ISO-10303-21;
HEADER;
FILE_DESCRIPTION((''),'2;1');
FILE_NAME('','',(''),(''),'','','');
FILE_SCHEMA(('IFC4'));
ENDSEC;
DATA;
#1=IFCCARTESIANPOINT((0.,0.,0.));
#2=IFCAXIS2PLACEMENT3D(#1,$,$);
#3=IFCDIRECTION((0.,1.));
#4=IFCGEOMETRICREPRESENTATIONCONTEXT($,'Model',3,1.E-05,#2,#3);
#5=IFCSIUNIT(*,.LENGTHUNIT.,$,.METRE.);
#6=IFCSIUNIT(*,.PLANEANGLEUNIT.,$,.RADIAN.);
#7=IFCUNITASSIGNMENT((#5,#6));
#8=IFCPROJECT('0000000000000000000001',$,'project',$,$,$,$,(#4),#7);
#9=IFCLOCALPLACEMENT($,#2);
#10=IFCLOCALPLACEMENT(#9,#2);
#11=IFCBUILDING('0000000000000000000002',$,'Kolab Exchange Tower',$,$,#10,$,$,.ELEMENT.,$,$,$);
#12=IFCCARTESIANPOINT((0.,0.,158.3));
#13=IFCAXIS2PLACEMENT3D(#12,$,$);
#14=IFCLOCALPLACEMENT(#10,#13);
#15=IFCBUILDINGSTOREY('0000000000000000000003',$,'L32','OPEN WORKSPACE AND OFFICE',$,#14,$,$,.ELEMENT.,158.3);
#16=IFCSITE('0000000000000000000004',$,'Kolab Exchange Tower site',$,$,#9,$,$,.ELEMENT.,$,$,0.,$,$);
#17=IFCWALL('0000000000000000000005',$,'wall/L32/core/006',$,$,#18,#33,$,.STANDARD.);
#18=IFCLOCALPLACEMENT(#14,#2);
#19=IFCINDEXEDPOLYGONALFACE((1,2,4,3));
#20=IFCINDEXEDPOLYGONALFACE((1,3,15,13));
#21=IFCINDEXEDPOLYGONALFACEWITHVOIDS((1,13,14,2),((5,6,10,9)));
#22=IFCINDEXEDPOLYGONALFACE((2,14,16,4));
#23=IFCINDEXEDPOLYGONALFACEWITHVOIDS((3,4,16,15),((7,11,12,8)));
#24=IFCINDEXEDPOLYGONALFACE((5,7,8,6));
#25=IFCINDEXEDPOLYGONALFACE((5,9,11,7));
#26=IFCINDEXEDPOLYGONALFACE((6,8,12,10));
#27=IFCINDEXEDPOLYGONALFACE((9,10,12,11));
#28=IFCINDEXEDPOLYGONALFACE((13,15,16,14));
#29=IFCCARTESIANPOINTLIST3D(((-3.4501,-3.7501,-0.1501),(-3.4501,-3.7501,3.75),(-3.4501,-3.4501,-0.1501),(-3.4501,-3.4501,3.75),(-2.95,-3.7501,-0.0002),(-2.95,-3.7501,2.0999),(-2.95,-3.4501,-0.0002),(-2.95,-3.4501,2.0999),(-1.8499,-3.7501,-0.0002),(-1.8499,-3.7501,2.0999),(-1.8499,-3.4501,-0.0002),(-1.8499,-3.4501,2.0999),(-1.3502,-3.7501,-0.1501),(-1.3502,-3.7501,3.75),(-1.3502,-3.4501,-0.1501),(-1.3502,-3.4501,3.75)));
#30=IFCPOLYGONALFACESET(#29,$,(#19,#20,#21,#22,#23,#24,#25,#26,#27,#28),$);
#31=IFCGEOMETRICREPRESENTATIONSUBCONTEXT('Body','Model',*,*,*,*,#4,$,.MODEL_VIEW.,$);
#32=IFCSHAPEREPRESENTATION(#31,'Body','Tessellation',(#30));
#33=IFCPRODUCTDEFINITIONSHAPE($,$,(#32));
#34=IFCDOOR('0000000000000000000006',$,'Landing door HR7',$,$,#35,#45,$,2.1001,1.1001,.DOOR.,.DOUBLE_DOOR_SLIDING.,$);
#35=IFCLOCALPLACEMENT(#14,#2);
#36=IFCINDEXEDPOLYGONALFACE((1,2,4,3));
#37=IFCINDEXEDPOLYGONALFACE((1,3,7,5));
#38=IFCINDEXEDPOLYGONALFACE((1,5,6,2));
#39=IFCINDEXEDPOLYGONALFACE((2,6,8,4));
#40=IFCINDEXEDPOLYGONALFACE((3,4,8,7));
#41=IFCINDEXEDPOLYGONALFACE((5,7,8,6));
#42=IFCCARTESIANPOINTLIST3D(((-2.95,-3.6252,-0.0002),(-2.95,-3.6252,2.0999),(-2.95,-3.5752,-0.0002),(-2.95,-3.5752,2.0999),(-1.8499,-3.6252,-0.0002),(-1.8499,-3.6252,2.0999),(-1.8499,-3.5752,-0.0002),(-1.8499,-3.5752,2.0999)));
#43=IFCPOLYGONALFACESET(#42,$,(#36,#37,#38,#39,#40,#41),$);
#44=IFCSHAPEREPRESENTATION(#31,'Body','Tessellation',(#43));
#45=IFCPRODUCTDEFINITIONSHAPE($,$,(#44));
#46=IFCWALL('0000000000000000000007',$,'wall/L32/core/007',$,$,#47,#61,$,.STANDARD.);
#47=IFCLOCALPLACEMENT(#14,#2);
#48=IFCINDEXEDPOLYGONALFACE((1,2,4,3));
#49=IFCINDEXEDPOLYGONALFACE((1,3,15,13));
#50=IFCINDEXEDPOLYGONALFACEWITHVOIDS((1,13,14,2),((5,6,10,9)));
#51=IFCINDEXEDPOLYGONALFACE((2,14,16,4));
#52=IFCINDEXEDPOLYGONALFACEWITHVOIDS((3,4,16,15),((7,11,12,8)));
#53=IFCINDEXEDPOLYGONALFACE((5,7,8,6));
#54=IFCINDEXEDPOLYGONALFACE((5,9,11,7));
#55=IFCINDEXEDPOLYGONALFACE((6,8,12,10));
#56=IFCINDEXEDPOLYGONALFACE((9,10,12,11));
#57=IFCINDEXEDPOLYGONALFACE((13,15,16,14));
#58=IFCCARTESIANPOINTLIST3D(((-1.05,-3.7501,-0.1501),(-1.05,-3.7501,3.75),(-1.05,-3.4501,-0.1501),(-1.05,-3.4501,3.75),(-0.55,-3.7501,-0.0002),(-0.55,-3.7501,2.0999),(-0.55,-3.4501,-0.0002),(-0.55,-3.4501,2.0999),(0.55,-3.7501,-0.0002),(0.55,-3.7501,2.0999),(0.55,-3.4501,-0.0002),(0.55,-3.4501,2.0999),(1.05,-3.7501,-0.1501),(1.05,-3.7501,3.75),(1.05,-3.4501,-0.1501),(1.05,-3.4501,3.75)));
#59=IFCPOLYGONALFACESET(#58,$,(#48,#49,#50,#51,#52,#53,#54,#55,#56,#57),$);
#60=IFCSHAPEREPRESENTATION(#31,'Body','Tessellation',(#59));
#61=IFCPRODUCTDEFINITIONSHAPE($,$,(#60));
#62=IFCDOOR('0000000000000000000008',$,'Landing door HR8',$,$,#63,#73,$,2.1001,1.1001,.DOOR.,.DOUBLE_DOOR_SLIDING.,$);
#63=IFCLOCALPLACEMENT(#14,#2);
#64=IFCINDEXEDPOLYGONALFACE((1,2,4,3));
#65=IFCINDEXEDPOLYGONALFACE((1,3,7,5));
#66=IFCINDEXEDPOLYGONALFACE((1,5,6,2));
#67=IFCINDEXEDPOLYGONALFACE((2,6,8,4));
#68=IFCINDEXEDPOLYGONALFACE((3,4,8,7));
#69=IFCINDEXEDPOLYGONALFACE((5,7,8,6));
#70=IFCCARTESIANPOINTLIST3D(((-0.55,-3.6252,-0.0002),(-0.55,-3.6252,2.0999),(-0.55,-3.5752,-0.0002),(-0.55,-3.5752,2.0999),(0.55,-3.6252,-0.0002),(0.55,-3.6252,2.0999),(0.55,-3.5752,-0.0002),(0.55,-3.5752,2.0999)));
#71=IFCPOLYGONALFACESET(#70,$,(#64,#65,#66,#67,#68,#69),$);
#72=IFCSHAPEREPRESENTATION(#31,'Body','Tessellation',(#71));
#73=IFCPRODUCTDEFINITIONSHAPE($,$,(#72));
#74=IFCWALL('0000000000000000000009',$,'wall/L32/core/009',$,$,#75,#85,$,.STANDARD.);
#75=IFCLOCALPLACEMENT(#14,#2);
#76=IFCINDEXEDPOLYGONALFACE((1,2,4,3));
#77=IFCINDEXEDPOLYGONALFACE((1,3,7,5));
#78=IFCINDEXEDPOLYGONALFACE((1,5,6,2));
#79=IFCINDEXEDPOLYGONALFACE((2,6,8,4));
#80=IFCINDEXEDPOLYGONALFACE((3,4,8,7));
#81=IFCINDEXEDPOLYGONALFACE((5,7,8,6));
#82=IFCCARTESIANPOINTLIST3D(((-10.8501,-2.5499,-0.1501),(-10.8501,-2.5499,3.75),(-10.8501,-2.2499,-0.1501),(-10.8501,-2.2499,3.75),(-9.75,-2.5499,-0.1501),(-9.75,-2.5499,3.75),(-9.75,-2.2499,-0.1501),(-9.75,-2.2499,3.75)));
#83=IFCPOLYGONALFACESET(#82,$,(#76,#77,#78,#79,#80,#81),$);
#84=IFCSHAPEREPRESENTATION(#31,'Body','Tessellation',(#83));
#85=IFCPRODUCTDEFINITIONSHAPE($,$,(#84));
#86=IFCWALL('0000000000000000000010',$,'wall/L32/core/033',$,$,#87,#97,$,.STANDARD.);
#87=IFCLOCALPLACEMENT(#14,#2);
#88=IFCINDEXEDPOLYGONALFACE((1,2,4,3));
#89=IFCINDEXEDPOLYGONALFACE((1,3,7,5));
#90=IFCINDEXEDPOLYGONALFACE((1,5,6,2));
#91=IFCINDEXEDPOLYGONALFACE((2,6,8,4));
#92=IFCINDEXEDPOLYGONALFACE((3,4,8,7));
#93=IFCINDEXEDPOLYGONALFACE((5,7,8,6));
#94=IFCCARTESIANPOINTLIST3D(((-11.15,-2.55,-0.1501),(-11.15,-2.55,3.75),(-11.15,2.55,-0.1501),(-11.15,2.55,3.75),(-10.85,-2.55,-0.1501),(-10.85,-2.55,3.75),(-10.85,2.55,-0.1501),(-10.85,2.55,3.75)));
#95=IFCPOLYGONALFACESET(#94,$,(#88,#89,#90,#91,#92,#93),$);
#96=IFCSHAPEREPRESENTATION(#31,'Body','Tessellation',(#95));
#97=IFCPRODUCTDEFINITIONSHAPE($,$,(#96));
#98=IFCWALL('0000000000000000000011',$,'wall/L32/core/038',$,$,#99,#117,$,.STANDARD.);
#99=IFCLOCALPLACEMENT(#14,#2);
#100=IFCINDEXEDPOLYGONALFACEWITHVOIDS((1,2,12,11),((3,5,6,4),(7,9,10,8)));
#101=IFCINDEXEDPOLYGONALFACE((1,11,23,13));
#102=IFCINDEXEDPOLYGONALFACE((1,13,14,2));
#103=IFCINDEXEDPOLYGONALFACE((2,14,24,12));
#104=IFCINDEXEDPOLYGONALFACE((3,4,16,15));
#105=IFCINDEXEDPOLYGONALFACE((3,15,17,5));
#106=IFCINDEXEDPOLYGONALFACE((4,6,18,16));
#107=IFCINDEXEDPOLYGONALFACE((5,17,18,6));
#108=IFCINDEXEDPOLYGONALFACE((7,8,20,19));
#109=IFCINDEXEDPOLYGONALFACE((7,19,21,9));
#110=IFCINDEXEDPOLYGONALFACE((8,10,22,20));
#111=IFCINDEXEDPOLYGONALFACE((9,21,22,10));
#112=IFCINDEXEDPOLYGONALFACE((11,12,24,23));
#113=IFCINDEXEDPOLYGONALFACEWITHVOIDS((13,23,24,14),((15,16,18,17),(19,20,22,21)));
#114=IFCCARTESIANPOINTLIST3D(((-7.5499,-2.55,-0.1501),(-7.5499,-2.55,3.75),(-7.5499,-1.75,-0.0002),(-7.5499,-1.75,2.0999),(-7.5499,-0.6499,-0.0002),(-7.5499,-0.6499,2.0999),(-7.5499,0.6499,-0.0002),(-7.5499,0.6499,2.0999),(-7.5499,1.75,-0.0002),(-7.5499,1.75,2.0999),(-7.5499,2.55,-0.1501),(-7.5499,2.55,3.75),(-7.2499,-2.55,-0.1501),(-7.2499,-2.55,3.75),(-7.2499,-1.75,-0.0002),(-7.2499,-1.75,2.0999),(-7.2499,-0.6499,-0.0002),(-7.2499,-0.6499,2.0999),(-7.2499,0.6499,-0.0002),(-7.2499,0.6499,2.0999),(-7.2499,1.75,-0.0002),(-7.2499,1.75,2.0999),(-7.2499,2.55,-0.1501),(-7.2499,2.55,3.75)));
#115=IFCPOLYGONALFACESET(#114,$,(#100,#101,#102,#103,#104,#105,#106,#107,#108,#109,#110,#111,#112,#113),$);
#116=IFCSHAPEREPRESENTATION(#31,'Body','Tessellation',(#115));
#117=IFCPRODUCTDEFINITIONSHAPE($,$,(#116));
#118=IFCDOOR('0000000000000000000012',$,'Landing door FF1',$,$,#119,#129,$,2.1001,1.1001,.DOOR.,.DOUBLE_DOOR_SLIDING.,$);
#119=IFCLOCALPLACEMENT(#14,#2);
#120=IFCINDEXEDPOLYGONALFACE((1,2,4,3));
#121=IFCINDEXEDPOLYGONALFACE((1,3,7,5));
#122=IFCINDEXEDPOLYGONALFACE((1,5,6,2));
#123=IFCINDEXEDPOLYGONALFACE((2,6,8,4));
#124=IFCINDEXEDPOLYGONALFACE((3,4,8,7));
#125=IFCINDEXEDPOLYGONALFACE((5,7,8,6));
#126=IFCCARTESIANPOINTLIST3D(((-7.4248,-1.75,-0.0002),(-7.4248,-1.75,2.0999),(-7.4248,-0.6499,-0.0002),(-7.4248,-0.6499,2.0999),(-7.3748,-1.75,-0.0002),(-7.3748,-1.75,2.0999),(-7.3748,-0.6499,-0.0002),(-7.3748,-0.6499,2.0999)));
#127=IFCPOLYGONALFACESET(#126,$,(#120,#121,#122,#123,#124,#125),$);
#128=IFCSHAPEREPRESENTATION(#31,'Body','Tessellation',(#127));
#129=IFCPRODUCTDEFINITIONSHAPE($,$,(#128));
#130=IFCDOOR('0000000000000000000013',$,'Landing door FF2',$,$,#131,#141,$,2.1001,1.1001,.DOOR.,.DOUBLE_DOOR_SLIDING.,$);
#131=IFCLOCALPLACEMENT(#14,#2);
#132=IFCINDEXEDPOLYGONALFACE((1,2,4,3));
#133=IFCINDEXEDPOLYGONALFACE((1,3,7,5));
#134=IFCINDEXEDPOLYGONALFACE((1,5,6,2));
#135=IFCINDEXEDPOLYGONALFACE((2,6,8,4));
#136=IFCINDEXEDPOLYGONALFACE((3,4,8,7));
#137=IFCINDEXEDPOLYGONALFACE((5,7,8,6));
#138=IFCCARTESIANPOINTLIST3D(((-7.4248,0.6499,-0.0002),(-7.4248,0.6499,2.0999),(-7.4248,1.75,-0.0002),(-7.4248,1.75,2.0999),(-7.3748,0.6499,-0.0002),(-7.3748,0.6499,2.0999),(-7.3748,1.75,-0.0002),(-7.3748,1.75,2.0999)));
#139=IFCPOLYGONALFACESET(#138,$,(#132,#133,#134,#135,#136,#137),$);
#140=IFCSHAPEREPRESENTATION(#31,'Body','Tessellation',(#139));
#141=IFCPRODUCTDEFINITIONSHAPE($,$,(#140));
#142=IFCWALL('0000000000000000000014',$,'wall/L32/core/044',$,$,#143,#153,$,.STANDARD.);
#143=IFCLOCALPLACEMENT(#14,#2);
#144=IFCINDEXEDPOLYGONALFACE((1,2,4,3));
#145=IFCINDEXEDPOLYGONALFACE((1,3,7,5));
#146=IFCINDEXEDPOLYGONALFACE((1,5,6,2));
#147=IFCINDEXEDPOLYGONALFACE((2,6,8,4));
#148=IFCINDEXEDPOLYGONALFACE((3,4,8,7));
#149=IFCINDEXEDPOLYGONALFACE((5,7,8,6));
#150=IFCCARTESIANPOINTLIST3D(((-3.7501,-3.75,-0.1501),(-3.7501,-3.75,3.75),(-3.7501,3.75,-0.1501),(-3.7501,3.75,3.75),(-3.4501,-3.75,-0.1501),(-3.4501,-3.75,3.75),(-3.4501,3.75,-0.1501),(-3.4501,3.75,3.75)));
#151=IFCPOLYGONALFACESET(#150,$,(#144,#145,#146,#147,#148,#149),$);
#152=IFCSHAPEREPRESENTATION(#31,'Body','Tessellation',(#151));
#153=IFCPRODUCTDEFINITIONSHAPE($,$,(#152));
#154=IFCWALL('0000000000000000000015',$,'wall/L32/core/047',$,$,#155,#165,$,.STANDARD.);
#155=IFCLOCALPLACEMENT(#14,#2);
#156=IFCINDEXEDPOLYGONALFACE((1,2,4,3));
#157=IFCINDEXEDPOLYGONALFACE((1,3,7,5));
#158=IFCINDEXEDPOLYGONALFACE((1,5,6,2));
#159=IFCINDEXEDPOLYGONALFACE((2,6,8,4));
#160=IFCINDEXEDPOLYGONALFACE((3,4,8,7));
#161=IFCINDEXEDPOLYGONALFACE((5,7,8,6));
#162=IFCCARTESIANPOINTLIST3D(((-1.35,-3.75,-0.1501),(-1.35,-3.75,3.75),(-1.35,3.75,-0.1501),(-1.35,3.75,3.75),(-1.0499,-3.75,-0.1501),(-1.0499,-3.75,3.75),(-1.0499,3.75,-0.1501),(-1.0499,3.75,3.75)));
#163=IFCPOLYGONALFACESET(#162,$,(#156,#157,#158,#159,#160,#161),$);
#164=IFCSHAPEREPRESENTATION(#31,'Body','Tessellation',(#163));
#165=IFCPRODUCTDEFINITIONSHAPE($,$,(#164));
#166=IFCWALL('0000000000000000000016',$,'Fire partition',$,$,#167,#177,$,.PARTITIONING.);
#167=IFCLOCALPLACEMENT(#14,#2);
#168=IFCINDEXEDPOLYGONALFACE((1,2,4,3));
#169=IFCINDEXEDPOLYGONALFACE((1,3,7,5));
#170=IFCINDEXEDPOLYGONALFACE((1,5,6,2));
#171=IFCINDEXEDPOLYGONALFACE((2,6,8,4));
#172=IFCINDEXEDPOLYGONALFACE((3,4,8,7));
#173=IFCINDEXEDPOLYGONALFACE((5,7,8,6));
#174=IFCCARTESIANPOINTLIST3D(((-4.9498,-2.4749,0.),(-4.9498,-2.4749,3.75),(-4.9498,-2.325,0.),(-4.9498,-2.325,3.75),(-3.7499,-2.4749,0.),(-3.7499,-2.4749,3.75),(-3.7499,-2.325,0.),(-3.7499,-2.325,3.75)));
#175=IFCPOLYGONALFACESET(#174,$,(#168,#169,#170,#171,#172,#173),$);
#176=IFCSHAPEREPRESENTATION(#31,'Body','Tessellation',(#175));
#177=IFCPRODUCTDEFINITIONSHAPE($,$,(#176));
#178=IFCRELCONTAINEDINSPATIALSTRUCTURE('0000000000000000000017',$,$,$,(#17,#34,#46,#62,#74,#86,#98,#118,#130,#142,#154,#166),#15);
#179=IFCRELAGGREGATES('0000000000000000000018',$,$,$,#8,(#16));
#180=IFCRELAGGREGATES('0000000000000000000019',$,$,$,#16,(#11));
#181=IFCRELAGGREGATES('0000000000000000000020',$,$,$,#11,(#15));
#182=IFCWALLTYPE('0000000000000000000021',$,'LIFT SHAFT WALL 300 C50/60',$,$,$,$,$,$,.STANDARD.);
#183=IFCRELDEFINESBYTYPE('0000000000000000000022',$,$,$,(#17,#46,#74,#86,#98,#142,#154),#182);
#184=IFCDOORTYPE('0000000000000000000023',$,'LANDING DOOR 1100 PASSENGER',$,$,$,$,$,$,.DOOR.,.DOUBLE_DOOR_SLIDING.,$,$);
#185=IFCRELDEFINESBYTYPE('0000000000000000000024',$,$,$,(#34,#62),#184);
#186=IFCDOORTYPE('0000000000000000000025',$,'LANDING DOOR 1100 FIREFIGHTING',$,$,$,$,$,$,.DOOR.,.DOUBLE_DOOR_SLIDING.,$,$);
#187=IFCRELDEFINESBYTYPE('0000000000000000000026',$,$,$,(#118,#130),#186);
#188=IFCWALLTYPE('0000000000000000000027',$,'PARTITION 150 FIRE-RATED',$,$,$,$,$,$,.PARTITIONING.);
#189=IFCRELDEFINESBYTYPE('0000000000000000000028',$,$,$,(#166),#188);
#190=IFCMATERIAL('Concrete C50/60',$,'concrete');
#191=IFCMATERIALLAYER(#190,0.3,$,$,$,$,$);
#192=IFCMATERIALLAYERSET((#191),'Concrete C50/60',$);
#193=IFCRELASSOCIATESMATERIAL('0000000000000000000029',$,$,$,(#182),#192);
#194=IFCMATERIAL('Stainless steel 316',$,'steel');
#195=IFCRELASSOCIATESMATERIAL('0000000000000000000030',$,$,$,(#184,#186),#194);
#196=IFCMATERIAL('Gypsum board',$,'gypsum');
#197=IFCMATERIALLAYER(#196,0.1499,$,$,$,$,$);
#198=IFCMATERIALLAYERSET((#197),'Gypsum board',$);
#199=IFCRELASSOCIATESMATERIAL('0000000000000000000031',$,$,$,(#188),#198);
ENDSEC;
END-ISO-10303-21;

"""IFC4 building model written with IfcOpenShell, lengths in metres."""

from ifc_helpers import new_model, si_unit, direction, frame, frame_2d, origin, place, context, subcontext, project, spatial, rectangle, extrude, material, layer, layer_set, type_object, element, fill, save


model = new_model("IFC4")

# Units and contexts
model_context = context("Model", 3, precision=1e-05, world=origin(), true_north=direction((0.0, 1.0)))
body_context = subcontext(model_context, "Body", "Model", "MODEL_VIEW")
ifc_project = project(units=[si_unit("LENGTHUNIT", "METRE"), si_unit("PLANEANGLEUNIT", "RADIAN")], contexts=[model_context])

# Site, building, storey
site_placement = place(None, origin())
site = spatial("IfcSite", under=ifc_project, at=site_placement, Name="Kolab Exchange Tower site", CompositionType="ELEMENT", RefElevation=0.0)
building_placement = place(site_placement, origin())
building = spatial("IfcBuilding", under=site, at=building_placement, Name="Kolab Exchange Tower", CompositionType="ELEMENT")
storey_placement = place(building_placement, frame((0.0, 0.0, 158.3)))
storey = spatial("IfcBuildingStorey", under=building, at=storey_placement, Name="L32", Description="OPEN WORKSPACE AND OFFICE", CompositionType="ELEMENT", Elevation=158.3)

# Walls, openings, doors
ifc_material_1 = material(Name="Concrete C50/60", Category="concrete")
ifc_layer_1 = layer(ifc_material_1, 0.3)
ifc_layer_set_1 = layer_set([ifc_layer_1], Name="Concrete C50/60")
wall_type_1 = type_object("IfcWallType", Name="LIFT SHAFT WALL 300 C50/60", PredefinedType="STANDARD", material=ifc_layer_set_1)
wall_1_placement = place(storey_placement, frame((-3.45, -3.6001, -0.1501), z_axis=(0.0, 0.0, 1.0), x_axis=(1.0, 0.0, 0.0)))
wall_1 = element("IfcWall", 1, at=wall_1_placement, inside=storey, type_object=wall_type_1, Name="wall/L32/core/006", PredefinedType="STANDARD", context=body_context, shape_type="SweptSolid", body=[
    extrude(rectangle(XDim=2.0999, YDim=0.3, at=frame_2d((1.0498, 0.0))), origin(), (0.0, 0.0, 1.0), 3.9001),
])
opening_1_placement = place(wall_1_placement, frame((0.5, 0.0, 0.1499)))
opening_1 = element("IfcOpeningElement", 2, at=opening_1_placement, cuts=wall_1, PredefinedType="OPENING", context=body_context, shape_type="SweptSolid", body=[
    extrude(rectangle(XDim=1.1001, YDim=2.1001, at=frame_2d((0.55, 1.05))), frame((0.0, 0.1602, 0.0), z_axis=(0.0, -1.0, 0.0), x_axis=(1.0, 0.0, 0.0)), (0.0, 0.0, 1.0), 0.3201),
])
ifc_material_2 = material(Name="Stainless steel 316", Category="steel")
door_type_1 = type_object("IfcDoorType", Name="LANDING DOOR 1100 PASSENGER", OperationType="DOUBLE_DOOR_SLIDING", PredefinedType="DOOR", material=ifc_material_2)
door_1_placement = place(opening_1_placement, origin())
door_1 = element("IfcDoor", 3, at=door_1_placement, inside=storey, type_object=door_type_1, Name="Landing door HR7", OperationType="DOUBLE_DOOR_SLIDING", OverallHeight=2.1001, OverallWidth=1.1001, PredefinedType="DOOR", context=body_context, shape_type="SweptSolid", body=[
    extrude(rectangle(XDim=1.1001, YDim=2.1001, at=frame_2d((0.55, 1.05))), frame((0.0, 0.0249, 0.0), z_axis=(0.0, -1.0, 0.0), x_axis=(1.0, 0.0, 0.0)), (0.0, 0.0, 1.0), 0.05),
])
fill(opening_1, door_1)
wall_2_placement = place(storey_placement, frame((-1.05, -3.6001, -0.1501), z_axis=(0.0, 0.0, 1.0), x_axis=(1.0, 0.0, 0.0)))
wall_2 = element("IfcWall", 4, at=wall_2_placement, inside=storey, type_object=wall_type_1, Name="wall/L32/core/007", PredefinedType="STANDARD", context=body_context, shape_type="SweptSolid", body=[
    extrude(rectangle(XDim=2.1001, YDim=0.3, at=frame_2d((1.05, 0.0))), origin(), (0.0, 0.0, 1.0), 3.9001),
])
opening_2_placement = place(wall_2_placement, frame((0.5, 0.0, 0.1499)))
opening_2 = element("IfcOpeningElement", 5, at=opening_2_placement, cuts=wall_2, PredefinedType="OPENING", context=body_context, shape_type="SweptSolid", body=[
    extrude(rectangle(XDim=1.1001, YDim=2.1001, at=frame_2d((0.55, 1.05))), frame((0.0, 0.1602, 0.0), z_axis=(0.0, -1.0, 0.0), x_axis=(1.0, 0.0, 0.0)), (0.0, 0.0, 1.0), 0.3201),
])
door_2_placement = place(opening_2_placement, origin())
door_2 = element("IfcDoor", 6, at=door_2_placement, inside=storey, type_object=door_type_1, Name="Landing door HR8", OperationType="DOUBLE_DOOR_SLIDING", OverallHeight=2.1001, OverallWidth=1.1001, PredefinedType="DOOR", context=body_context, shape_type="SweptSolid", body=[
    extrude(rectangle(XDim=1.1001, YDim=2.1001, at=frame_2d((0.55, 1.05))), frame((0.0, 0.0249, 0.0), z_axis=(0.0, -1.0, 0.0), x_axis=(1.0, 0.0, 0.0)), (0.0, 0.0, 1.0), 0.05),
])
fill(opening_2, door_2)

# Walls
wall_3_placement = place(storey_placement, frame((-10.8501, -2.3999, -0.1501), z_axis=(0.0, 0.0, 1.0), x_axis=(1.0, 0.0, 0.0)))
element("IfcWall", 7, at=wall_3_placement, inside=storey, type_object=wall_type_1, Name="wall/L32/core/009", PredefinedType="STANDARD", context=body_context, shape_type="SweptSolid", body=[
    extrude(rectangle(XDim=1.1001, YDim=0.3, at=frame_2d((0.55, 0.0))), origin(), (0.0, 0.0, 1.0), 3.9001),
])
wall_4_placement = place(storey_placement, frame((-11.0, -2.55, -0.1501), z_axis=(0.0, 0.0, 1.0), x_axis=(0.0, 1.0, 0.0)))
element("IfcWall", 8, at=wall_4_placement, inside=storey, type_object=wall_type_1, Name="wall/L32/core/033", PredefinedType="STANDARD", context=body_context, shape_type="SweptSolid", body=[
    extrude(rectangle(XDim=5.1001, YDim=0.3, at=frame_2d((2.55, 0.0))), origin(), (0.0, 0.0, 1.0), 3.9001),
])

# Wall, openings, doors
wall_5_placement = place(storey_placement, frame((-7.3999, -2.55, -0.1501), z_axis=(0.0, 0.0, 1.0), x_axis=(0.0, 1.0, 0.0)))
wall_5 = element("IfcWall", 9, at=wall_5_placement, inside=storey, type_object=wall_type_1, Name="wall/L32/core/038", PredefinedType="STANDARD", context=body_context, shape_type="SweptSolid", body=[
    extrude(rectangle(XDim=5.1001, YDim=0.3, at=frame_2d((2.55, 0.0))), origin(), (0.0, 0.0, 1.0), 3.9001),
])
opening_3_placement = place(wall_5_placement, frame((0.8, 0.0, 0.1499)))
opening_3 = element("IfcOpeningElement", 10, at=opening_3_placement, cuts=wall_5, PredefinedType="OPENING", context=body_context, shape_type="SweptSolid", body=[
    extrude(rectangle(XDim=1.1001, YDim=2.1001, at=frame_2d((0.55, 1.05))), frame((0.0, 0.1602, 0.0), z_axis=(0.0, -1.0, 0.0), x_axis=(1.0, 0.0, 0.0)), (0.0, 0.0, 1.0), 0.3201),
])
opening_4_placement = place(wall_5_placement, frame((3.2, 0.0, 0.1499)))
opening_4 = element("IfcOpeningElement", 11, at=opening_4_placement, cuts=wall_5, PredefinedType="OPENING", context=body_context, shape_type="SweptSolid", body=[
    extrude(rectangle(XDim=1.1001, YDim=2.1001, at=frame_2d((0.55, 1.05))), frame((0.0, 0.1602, 0.0), z_axis=(0.0, -1.0, 0.0), x_axis=(1.0, 0.0, 0.0)), (0.0, 0.0, 1.0), 0.3201),
])
door_type_2 = type_object("IfcDoorType", Name="LANDING DOOR 1100 FIREFIGHTING", OperationType="DOUBLE_DOOR_SLIDING", PredefinedType="DOOR", material=ifc_material_2)
door_3_placement = place(opening_3_placement, origin())
door_3 = element("IfcDoor", 12, at=door_3_placement, inside=storey, type_object=door_type_2, Name="Landing door FF1", OperationType="DOUBLE_DOOR_SLIDING", OverallHeight=2.1001, OverallWidth=1.1001, PredefinedType="DOOR", context=body_context, shape_type="SweptSolid", body=[
    extrude(rectangle(XDim=1.1001, YDim=2.1001, at=frame_2d((0.55, 1.05))), frame((0.0, 0.0249, 0.0), z_axis=(0.0, -1.0, 0.0), x_axis=(1.0, 0.0, 0.0)), (0.0, 0.0, 1.0), 0.05),
])
fill(opening_3, door_3)
door_4_placement = place(opening_4_placement, origin())
door_4 = element("IfcDoor", 13, at=door_4_placement, inside=storey, type_object=door_type_2, Name="Landing door FF2", OperationType="DOUBLE_DOOR_SLIDING", OverallHeight=2.1001, OverallWidth=1.1001, PredefinedType="DOOR", context=body_context, shape_type="SweptSolid", body=[
    extrude(rectangle(XDim=1.1001, YDim=2.1001, at=frame_2d((0.55, 1.05))), frame((0.0, 0.0249, 0.0), z_axis=(0.0, -1.0, 0.0), x_axis=(1.0, 0.0, 0.0)), (0.0, 0.0, 1.0), 0.05),
])
fill(opening_4, door_4)

# Walls
for number, where, z_axis, x_axis, name in (
    (14, (-3.6001, -3.75, -0.1501), (0.0, 0.0, 1.0), (0.0, 1.0, 0.0), "wall/L32/core/044"),
    (15, (-1.2, -3.75, -0.1501), (0.0, 0.0, 1.0), (0.0, 1.0, 0.0), "wall/L32/core/047"),
):
    element("IfcWall", number, at=place(storey_placement, frame(where, z_axis=z_axis, x_axis=x_axis)), inside=storey, type_object=wall_type_1, Name=name, PredefinedType="STANDARD", context=body_context, shape_type="SweptSolid", body=[
        extrude(rectangle(XDim=7.5, YDim=0.3, at=frame_2d((3.75, 0.0))), origin(), (0.0, 0.0, 1.0), 3.9001),
    ])
ifc_material_3 = material(Name="Gypsum board", Category="gypsum")
ifc_layer_2 = layer(ifc_material_3, 0.1499)
ifc_layer_set_2 = layer_set([ifc_layer_2], Name="Gypsum board")
wall_type_2 = type_object("IfcWallType", Name="PARTITION 150 FIRE-RATED", PredefinedType="PARTITIONING", material=ifc_layer_set_2)
wall_6_placement = place(storey_placement, frame((-4.95, -2.3999, 0.0), z_axis=(0.0, 0.0, 1.0), x_axis=(1.0, 0.0, 0.0)))
element("IfcWall", 16, at=wall_6_placement, inside=storey, type_object=wall_type_2, Name="Fire partition", PredefinedType="PARTITIONING", context=body_context, shape_type="SweptSolid", body=[
    extrude(rectangle(XDim=1.2, YDim=0.1499, at=frame_2d((0.6001, 0.0))), origin(), (0.0, 0.0, 1.0), 3.75),
])

save(model, "model.ifc")
